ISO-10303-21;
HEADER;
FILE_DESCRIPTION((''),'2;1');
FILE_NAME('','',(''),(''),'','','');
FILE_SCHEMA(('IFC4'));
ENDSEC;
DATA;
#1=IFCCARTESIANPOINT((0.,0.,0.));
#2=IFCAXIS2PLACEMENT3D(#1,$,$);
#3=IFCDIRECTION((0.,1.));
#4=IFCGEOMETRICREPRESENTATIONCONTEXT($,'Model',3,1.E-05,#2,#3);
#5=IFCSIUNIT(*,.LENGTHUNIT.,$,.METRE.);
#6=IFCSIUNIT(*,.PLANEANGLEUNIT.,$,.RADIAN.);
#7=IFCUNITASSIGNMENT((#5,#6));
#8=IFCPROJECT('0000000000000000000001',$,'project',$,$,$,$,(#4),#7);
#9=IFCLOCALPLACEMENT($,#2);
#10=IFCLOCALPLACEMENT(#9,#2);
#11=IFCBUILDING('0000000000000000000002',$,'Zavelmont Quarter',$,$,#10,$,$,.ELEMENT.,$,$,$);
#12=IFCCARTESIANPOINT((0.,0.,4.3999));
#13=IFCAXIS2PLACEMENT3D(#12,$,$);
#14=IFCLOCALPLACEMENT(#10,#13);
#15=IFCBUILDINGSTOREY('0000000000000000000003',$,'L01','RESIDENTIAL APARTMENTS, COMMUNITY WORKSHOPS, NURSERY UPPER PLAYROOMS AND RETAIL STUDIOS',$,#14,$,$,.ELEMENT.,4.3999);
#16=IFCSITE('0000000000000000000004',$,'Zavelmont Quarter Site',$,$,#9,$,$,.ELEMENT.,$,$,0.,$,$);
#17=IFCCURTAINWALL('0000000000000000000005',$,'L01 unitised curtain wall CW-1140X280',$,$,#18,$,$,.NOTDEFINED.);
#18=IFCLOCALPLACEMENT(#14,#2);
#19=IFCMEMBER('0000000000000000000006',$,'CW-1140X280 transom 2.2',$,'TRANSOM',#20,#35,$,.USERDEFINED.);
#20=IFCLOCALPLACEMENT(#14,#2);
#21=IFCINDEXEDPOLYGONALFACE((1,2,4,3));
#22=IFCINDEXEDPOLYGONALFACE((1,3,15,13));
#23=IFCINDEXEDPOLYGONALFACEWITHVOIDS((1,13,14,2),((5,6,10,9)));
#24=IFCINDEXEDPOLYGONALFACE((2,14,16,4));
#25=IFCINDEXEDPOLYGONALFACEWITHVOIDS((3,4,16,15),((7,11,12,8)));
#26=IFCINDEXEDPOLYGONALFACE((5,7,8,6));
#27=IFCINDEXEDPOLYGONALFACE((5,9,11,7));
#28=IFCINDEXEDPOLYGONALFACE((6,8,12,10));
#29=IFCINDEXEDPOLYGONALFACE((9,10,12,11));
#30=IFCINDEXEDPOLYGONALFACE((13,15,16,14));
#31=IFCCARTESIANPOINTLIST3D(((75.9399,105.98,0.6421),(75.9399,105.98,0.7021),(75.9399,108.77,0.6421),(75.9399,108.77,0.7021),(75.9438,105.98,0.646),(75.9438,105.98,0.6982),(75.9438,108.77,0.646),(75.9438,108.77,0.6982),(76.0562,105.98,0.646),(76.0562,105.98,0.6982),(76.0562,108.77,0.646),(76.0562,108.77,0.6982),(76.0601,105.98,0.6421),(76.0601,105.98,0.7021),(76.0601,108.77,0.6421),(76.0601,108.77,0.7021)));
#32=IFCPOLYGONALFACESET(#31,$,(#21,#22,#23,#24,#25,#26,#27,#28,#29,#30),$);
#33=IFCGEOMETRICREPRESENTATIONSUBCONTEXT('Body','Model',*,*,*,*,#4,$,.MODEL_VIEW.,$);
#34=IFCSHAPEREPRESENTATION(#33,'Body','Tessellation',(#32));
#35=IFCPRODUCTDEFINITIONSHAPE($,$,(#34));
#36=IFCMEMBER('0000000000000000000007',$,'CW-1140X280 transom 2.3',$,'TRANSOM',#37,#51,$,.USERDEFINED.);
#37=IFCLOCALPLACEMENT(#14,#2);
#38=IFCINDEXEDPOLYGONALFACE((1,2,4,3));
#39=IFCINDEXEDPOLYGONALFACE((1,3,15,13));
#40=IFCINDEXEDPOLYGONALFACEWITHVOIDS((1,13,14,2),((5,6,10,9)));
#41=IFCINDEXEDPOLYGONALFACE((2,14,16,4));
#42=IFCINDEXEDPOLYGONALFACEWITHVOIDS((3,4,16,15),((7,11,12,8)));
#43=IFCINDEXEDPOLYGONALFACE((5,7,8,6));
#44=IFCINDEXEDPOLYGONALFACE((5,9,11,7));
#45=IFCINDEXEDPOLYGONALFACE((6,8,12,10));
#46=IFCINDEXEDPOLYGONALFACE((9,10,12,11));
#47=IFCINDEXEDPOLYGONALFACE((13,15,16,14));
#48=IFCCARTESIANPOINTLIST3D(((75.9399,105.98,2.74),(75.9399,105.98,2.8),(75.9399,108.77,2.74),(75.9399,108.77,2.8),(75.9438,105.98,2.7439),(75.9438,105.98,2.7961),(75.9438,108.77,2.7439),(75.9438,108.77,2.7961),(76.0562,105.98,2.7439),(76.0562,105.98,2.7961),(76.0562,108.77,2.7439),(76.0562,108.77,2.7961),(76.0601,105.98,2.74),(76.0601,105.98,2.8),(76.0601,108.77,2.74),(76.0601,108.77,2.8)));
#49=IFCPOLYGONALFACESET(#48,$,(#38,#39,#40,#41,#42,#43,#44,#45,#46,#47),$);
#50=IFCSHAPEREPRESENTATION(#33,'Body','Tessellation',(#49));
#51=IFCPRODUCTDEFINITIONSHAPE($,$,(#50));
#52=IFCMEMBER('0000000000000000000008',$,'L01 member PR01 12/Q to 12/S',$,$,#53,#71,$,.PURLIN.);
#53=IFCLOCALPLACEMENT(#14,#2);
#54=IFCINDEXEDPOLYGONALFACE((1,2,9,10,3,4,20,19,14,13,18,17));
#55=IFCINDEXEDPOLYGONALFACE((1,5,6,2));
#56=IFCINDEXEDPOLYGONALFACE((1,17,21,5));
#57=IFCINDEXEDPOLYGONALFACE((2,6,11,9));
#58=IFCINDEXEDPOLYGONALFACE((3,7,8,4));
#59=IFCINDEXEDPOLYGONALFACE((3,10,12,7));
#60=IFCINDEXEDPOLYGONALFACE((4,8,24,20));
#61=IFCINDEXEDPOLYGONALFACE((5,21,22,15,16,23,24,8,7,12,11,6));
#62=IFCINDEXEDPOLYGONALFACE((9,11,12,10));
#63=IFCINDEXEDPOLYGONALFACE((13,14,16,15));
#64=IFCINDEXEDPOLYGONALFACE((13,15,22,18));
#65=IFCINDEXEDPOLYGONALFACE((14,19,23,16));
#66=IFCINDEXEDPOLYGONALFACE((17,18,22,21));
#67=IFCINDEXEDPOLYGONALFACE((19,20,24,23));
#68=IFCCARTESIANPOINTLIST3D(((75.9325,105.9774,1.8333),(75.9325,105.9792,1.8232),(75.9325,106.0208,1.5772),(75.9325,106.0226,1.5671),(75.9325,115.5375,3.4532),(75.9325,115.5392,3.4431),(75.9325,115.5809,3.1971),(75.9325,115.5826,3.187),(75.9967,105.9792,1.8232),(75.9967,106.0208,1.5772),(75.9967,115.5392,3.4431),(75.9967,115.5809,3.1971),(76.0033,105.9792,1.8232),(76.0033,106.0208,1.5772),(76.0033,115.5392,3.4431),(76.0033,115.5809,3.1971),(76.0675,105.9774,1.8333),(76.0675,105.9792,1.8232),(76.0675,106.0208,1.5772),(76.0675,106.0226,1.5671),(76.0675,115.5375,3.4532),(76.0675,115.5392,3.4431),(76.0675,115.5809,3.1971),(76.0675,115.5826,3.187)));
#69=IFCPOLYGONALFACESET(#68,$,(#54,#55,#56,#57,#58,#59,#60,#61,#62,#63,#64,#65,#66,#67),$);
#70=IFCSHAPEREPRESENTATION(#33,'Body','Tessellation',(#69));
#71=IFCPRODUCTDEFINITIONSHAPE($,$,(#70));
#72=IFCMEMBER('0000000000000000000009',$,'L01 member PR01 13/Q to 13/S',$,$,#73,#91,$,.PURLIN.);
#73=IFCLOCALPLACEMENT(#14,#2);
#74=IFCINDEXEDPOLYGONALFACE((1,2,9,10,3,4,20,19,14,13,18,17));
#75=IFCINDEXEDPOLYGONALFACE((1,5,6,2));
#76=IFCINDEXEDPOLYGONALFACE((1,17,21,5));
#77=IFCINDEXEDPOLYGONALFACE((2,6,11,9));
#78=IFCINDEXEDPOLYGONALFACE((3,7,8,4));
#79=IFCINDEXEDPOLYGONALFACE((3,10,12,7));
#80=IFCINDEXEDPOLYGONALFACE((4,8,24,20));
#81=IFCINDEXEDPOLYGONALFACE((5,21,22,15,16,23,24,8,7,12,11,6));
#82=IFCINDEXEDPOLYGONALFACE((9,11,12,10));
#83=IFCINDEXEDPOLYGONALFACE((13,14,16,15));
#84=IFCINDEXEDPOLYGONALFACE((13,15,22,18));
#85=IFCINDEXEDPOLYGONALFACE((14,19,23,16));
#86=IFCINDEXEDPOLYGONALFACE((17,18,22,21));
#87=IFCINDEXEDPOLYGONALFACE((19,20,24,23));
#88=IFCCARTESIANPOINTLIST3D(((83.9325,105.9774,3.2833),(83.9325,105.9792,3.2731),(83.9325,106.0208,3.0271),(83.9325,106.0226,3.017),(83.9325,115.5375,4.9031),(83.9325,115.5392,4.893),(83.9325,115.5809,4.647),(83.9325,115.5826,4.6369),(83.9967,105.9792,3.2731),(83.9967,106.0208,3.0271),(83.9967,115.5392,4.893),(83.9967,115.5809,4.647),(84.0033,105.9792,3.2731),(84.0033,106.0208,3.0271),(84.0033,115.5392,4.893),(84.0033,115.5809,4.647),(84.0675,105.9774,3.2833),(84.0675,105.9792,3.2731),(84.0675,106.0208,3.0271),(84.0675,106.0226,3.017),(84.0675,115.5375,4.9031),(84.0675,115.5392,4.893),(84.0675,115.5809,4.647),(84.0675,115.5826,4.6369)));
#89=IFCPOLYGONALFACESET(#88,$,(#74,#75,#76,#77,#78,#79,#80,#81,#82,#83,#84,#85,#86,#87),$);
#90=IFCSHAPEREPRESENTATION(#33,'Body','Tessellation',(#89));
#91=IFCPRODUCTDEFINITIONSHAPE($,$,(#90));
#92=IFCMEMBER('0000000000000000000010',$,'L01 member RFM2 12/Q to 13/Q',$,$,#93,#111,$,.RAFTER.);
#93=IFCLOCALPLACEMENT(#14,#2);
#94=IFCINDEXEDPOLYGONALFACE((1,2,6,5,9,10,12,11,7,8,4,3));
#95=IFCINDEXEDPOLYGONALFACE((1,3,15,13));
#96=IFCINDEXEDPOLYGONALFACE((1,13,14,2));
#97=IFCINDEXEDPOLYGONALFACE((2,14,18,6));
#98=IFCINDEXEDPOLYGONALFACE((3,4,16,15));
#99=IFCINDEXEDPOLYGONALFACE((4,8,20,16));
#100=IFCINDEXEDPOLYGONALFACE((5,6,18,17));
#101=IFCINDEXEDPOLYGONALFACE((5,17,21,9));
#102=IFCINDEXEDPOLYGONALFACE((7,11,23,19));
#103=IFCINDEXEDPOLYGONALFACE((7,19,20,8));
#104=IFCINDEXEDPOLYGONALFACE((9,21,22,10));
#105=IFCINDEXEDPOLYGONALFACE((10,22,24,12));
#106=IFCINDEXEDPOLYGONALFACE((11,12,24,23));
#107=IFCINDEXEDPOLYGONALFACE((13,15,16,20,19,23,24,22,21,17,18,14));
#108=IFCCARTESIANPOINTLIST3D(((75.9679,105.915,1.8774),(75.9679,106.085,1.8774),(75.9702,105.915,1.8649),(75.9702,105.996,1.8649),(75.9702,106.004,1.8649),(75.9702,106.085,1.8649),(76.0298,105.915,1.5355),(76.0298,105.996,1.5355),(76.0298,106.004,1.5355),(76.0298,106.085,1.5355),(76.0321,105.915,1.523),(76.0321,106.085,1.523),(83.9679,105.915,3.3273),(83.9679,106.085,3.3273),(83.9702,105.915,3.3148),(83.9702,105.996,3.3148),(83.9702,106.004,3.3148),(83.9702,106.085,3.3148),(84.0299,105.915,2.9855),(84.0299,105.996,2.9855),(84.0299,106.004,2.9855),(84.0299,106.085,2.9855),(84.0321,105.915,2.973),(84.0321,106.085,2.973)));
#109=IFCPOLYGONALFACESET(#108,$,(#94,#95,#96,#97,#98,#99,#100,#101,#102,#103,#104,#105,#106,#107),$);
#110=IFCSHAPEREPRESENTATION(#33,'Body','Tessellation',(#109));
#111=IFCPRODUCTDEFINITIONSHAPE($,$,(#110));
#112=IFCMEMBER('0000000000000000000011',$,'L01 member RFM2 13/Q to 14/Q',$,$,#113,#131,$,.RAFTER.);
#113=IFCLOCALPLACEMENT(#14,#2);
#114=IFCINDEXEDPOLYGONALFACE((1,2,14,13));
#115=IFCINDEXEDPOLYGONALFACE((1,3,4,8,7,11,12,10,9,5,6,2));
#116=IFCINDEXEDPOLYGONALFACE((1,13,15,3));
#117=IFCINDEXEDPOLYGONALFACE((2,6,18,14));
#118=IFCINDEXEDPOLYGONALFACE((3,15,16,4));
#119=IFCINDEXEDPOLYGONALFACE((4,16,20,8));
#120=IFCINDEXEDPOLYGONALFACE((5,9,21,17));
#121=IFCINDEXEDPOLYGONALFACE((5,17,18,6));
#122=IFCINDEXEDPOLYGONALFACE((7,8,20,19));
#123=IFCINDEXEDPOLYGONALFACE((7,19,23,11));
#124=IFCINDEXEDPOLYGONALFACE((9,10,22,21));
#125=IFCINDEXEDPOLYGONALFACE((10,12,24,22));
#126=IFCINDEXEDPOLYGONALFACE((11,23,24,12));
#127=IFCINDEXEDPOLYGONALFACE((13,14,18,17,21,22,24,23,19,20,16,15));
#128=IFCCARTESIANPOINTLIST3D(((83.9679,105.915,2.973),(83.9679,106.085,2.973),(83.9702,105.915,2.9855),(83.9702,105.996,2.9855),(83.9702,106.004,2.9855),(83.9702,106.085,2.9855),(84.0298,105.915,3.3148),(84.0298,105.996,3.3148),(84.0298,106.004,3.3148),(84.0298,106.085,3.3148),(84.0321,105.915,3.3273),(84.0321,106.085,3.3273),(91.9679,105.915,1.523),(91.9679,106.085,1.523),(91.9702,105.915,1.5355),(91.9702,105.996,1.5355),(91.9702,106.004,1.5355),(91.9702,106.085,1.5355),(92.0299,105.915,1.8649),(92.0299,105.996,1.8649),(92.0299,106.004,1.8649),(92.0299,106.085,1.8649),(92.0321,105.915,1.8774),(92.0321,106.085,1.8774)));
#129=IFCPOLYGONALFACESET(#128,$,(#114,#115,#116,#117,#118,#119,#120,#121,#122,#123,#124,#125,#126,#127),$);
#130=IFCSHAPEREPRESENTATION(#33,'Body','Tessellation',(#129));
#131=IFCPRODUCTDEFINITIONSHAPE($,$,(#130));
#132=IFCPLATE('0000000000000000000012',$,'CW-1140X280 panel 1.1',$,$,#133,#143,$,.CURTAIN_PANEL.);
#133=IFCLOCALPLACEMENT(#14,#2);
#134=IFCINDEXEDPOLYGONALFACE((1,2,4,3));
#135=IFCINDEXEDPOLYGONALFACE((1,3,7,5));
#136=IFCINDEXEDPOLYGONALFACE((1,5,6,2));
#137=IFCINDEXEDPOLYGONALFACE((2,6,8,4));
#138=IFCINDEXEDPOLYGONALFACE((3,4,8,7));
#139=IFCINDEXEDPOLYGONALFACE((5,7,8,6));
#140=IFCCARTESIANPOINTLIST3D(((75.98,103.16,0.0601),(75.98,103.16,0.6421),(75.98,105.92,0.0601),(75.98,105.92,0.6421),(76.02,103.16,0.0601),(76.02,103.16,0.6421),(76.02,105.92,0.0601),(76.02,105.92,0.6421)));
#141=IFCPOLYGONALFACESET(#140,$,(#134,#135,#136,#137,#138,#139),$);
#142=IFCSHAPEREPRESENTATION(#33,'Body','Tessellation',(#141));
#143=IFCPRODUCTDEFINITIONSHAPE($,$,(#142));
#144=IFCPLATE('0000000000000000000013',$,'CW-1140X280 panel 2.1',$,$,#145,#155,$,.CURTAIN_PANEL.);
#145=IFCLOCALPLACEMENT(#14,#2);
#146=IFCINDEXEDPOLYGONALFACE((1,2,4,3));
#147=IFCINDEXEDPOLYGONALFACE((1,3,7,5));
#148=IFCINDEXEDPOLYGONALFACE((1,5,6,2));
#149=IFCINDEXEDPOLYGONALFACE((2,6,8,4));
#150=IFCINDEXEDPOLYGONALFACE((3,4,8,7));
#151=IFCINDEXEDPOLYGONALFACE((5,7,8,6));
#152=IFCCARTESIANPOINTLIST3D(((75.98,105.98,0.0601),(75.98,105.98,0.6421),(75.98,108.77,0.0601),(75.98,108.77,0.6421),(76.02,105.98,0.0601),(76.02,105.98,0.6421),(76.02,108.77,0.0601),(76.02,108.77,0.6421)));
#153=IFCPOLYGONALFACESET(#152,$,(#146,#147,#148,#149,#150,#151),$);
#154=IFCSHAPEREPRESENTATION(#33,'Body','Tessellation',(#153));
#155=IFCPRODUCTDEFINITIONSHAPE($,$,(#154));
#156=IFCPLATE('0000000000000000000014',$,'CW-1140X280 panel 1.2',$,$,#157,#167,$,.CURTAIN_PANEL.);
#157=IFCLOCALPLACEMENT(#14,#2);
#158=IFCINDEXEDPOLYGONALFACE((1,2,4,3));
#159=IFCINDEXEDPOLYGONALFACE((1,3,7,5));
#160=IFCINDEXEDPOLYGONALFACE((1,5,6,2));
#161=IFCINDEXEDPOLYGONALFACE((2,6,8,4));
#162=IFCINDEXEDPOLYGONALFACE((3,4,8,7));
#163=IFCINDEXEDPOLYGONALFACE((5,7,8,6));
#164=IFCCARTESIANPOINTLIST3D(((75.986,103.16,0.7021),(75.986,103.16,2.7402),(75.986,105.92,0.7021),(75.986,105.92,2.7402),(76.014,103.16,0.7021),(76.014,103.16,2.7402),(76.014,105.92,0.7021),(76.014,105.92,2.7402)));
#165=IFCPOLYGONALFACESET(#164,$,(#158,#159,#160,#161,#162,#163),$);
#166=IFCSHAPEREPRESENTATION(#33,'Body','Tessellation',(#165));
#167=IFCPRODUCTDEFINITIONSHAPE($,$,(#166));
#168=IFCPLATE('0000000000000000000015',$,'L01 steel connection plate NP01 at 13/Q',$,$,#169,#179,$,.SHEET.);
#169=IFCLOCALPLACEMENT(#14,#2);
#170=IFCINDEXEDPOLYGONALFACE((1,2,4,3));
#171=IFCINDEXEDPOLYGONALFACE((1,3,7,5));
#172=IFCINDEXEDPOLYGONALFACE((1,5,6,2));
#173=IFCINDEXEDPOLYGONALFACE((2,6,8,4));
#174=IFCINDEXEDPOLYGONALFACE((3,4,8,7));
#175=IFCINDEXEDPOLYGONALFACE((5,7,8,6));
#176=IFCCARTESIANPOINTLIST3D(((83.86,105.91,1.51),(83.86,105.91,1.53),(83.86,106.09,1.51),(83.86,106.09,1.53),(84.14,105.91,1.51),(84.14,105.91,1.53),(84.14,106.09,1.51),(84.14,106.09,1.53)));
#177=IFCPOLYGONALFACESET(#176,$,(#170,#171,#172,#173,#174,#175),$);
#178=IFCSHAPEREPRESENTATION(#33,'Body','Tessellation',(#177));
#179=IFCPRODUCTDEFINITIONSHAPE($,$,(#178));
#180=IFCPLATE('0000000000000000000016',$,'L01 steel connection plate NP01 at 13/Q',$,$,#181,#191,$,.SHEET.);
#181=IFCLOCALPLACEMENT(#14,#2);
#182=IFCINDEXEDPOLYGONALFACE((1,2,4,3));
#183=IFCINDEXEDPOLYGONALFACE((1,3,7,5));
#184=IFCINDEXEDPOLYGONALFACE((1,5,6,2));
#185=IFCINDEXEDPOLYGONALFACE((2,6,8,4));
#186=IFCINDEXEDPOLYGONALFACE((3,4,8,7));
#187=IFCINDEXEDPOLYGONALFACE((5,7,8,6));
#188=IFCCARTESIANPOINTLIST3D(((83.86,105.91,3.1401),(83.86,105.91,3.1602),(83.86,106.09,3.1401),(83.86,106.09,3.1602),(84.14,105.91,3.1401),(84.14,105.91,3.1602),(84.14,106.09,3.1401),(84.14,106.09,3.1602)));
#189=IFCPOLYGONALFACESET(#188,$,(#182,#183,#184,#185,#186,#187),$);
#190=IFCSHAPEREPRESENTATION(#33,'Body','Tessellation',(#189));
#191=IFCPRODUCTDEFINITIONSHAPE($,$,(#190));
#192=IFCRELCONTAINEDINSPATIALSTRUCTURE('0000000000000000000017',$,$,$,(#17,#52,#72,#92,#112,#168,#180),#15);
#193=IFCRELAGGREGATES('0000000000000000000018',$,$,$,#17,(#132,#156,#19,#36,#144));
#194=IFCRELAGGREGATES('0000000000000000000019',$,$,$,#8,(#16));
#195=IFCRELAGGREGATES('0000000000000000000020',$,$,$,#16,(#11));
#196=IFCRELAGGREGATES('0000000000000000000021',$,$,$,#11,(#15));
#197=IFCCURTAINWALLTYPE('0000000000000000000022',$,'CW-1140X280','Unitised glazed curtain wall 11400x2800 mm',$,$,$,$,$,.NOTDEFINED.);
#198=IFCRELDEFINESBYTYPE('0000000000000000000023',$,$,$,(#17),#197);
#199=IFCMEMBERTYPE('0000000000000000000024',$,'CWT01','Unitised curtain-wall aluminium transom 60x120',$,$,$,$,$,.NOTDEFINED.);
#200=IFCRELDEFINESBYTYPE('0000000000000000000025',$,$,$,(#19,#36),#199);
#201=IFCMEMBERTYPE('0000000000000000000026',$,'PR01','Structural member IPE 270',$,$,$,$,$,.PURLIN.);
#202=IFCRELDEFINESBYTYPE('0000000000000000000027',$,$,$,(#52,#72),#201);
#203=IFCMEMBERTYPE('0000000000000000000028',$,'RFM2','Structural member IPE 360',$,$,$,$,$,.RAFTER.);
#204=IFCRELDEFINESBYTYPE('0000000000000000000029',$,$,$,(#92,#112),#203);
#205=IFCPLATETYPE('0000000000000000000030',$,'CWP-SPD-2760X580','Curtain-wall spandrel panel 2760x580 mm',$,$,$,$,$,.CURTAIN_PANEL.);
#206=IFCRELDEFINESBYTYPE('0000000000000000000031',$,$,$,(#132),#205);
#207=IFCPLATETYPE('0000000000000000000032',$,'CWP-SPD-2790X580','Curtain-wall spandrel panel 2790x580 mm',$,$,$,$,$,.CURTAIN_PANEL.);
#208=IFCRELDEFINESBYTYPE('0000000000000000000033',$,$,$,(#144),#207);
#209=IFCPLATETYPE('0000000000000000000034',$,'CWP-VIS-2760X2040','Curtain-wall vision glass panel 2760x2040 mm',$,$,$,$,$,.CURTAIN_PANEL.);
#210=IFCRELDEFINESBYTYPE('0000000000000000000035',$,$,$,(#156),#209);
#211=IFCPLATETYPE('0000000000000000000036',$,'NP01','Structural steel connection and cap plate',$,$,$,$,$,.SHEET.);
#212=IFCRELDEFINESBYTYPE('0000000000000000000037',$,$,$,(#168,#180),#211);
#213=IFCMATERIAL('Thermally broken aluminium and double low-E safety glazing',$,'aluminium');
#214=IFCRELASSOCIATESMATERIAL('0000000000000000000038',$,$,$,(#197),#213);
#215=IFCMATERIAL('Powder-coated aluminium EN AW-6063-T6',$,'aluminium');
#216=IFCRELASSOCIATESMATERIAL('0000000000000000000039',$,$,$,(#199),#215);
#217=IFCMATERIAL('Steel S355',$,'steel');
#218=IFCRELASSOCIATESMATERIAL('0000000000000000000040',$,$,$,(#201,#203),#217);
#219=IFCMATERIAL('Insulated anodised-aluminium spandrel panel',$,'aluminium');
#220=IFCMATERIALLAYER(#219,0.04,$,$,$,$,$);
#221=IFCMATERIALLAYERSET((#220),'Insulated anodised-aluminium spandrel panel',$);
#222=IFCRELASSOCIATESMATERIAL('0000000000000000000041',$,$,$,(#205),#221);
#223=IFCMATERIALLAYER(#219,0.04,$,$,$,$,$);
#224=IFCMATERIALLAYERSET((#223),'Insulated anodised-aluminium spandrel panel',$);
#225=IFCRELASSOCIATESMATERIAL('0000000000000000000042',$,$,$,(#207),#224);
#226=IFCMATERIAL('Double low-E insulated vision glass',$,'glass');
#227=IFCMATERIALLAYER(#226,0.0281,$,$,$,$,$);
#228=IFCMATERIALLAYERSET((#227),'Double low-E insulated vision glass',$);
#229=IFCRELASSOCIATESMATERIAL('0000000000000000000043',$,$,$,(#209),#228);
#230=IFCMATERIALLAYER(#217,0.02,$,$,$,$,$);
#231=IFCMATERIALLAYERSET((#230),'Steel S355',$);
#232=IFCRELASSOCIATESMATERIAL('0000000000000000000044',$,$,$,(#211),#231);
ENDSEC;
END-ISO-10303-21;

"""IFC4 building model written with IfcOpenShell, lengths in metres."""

from ifc_helpers import new_model, si_unit, direction, frame, origin, origin_2d, place, context, subcontext, project, spatial, rectangle, hollow_rectangle, i_section, extrude, material, layer, layer_set, material_profile, profile_set, type_object, element, aggregate, save


model = new_model("IFC4")

# Units and contexts
model_context = context("Model", 3, precision=1e-05, world=origin(), true_north=direction((0.0, 1.0)))
body_context = subcontext(model_context, "Body", "Model", "MODEL_VIEW")
ifc_project = project(units=[si_unit("LENGTHUNIT", "METRE"), si_unit("PLANEANGLEUNIT", "RADIAN")], contexts=[model_context])

# Site, building, storey
site_placement = place(None, origin())
site = spatial("IfcSite", under=ifc_project, at=site_placement, Name="Zavelmont Quarter Site", CompositionType="ELEMENT", RefElevation=0.0)
building_placement = place(site_placement, origin())
building = spatial("IfcBuilding", under=site, at=building_placement, Name="Zavelmont Quarter", CompositionType="ELEMENT")
storey_placement = place(building_placement, frame((0.0, 0.0, 4.3999)))
storey = spatial("IfcBuildingStorey", under=building, at=storey_placement, Name="L01", Description="RESIDENTIAL APARTMENTS, COMMUNITY WORKSHOPS, NURSERY UPPER PLAYROOMS AND RETAIL STUDIOS", CompositionType="ELEMENT", Elevation=4.3999)

# Shared definitions
ifc_material_1 = material(Name="Steel S355", Category="steel")

# Curtain wall, members
ifc_material_2 = material(Name="Thermally broken aluminium and double low-E safety glazing", Category="aluminium")
curtain_wall_type = type_object("IfcCurtainWallType", Name="CW-1140X280", Description="Unitised glazed curtain wall 11400x2800 mm", PredefinedType="NOTDEFINED", material=ifc_material_2)
curtain_wall_placement = place(storey_placement, origin())
curtain_wall = element("IfcCurtainWall", 1, at=curtain_wall_placement, inside=storey, type_object=curtain_wall_type, Name="L01 unitised curtain wall CW-1140X280", PredefinedType="NOTDEFINED")
ifc_material_3 = material(Name="Powder-coated aluminium EN AW-6063-T6", Category="aluminium")
ifc_material_profile_1 = material_profile(ifc_material_3, hollow_rectangle(XDim=0.1201, YDim=0.0601, WallThickness=0.0039, at=origin_2d()), Name="CWT60X120")
ifc_profile_set_1 = profile_set([ifc_material_profile_1], Name="Powder-coated aluminium EN AW-6063-T6")
member_type_1 = type_object("IfcMemberType", Name="CWT01", Description="Unitised curtain-wall aluminium transom 60x120", PredefinedType="NOTDEFINED", material=ifc_profile_set_1)
member_1_placement = place(storey_placement, frame((76.0, 105.98, 0.6721), z_axis=(0.0, 1.0, 0.0), x_axis=(-1.0, 0.0, 0.0)))
member_1 = element("IfcMember", 2, at=member_1_placement, type_object=member_type_1, Name="CW-1140X280 transom 2.2", ObjectType="TRANSOM", PredefinedType="USERDEFINED", context=body_context, shape_type="SweptSolid", body=[
    extrude(hollow_rectangle(XDim=0.1201, YDim=0.0601, WallThickness=0.0039, at=origin_2d()), origin(), (0.0, 0.0, 1.0), 2.79),
])
member_2_placement = place(storey_placement, frame((76.0, 105.98, 2.77), z_axis=(0.0, 1.0, 0.0), x_axis=(-1.0, 0.0, 0.0)))
member_2 = element("IfcMember", 3, at=member_2_placement, type_object=member_type_1, Name="CW-1140X280 transom 2.3", ObjectType="TRANSOM", PredefinedType="USERDEFINED", context=body_context, shape_type="SweptSolid", body=[
    extrude(hollow_rectangle(XDim=0.1201, YDim=0.0601, WallThickness=0.0039, at=origin_2d()), origin(), (0.0, 0.0, 1.0), 2.79),
])

# Members
ifc_material_profile_2 = material_profile(ifc_material_1, i_section(OverallWidth=0.135, OverallDepth=0.27, WebThickness=0.0066, FlangeThickness=0.0103, at=origin_2d()), Name="IPE 270")
ifc_profile_set_2 = profile_set([ifc_material_profile_2], Name="Steel S355")
member_type_2 = type_object("IfcMemberType", Name="PR01", Description="Structural member IPE 270", PredefinedType="PURLIN", material=ifc_profile_set_2)
for number, where, z_axis, x_axis, name in (
    (4, (76.0, 106.0, 1.7002), (0.0, 0.985947, 0.167061), (-1.0, 0.0, 0.0), "L01 member PR01 12/Q to 12/S"),
    (5, (84.0, 106.0, 3.1501), (0.0, 0.985947, 0.167061), (-1.0, 0.0, 0.0), "L01 member PR01 13/Q to 13/S"),
):
    element("IfcMember", number, at=place(storey_placement, frame(where, z_axis=z_axis, x_axis=x_axis)), inside=storey, type_object=member_type_2, Name=name, PredefinedType="PURLIN", context=body_context, shape_type="SweptSolid", body=[
        extrude(i_section(OverallWidth=0.135, OverallDepth=0.27, WebThickness=0.0066, FlangeThickness=0.0103, at=origin_2d()), origin(), (0.0, 0.0, 1.0), 9.6963),
    ])
ifc_material_profile_3 = material_profile(ifc_material_1, i_section(OverallWidth=0.1699, OverallDepth=0.3601, WebThickness=0.0081, FlangeThickness=0.0127, at=origin_2d()), Name="IPE 360")
ifc_profile_set_3 = profile_set([ifc_material_profile_3], Name="Steel S355")
member_type_3 = type_object("IfcMemberType", Name="RFM2", Description="Structural member IPE 360", PredefinedType="RAFTER", material=ifc_profile_set_3)
for number, where, z_axis, x_axis, name in (
    (6, (76.0, 106.0, 1.7002), (0.983969, 0.0, 0.178338), (0.0, 1.0, 0.0), "L01 member RFM2 12/Q to 13/Q"),
    (7, (84.0, 106.0, 3.1501), (0.983969, 0.0, -0.178338), (0.0, 1.0, 0.0), "L01 member RFM2 13/Q to 14/Q"),
):
    element("IfcMember", number, at=place(storey_placement, frame(where, z_axis=z_axis, x_axis=x_axis)), inside=storey, type_object=member_type_3, Name=name, PredefinedType="RAFTER", context=body_context, shape_type="SweptSolid", body=[
        extrude(i_section(OverallWidth=0.1699, OverallDepth=0.3601, WebThickness=0.0081, FlangeThickness=0.0127, at=origin_2d()), origin(), (0.0, 0.0, 1.0), 8.1304),
    ])

# Plates
ifc_material_4 = material(Name="Insulated anodised-aluminium spandrel panel", Category="aluminium")
ifc_layer_1 = layer(ifc_material_4, 0.04)
ifc_layer_set_1 = layer_set([ifc_layer_1], Name="Insulated anodised-aluminium spandrel panel")
plate_type_1 = type_object("IfcPlateType", Name="CWP-SPD-2760X580", Description="Curtain-wall spandrel panel 2760x580 mm", PredefinedType="CURTAIN_PANEL", material=ifc_layer_set_1)
plate_1_placement = place(storey_placement, frame((76.0, 104.54, 0.0601), z_axis=(0.0, 0.0, 1.0), x_axis=(0.0, 1.0, 0.0)))
plate_1 = element("IfcPlate", 8, at=plate_1_placement, type_object=plate_type_1, Name="CW-1140X280 panel 1.1", PredefinedType="CURTAIN_PANEL", context=body_context, shape_type="SweptSolid", body=[
    extrude(rectangle(XDim=2.76, YDim=0.04, at=origin_2d()), origin(), (0.0, 0.0, 1.0), 0.582),
])
ifc_layer_2 = layer(ifc_material_4, 0.04)
ifc_layer_set_2 = layer_set([ifc_layer_2], Name="Insulated anodised-aluminium spandrel panel")
plate_type_2 = type_object("IfcPlateType", Name="CWP-SPD-2790X580", Description="Curtain-wall spandrel panel 2790x580 mm", PredefinedType="CURTAIN_PANEL", material=ifc_layer_set_2)
plate_2_placement = place(storey_placement, frame((76.0, 107.375, 0.0601), z_axis=(0.0, 0.0, 1.0), x_axis=(0.0, 1.0, 0.0)))
plate_2 = element("IfcPlate", 9, at=plate_2_placement, type_object=plate_type_2, Name="CW-1140X280 panel 2.1", PredefinedType="CURTAIN_PANEL", context=body_context, shape_type="SweptSolid", body=[
    extrude(rectangle(XDim=2.79, YDim=0.04, at=origin_2d()), origin(), (0.0, 0.0, 1.0), 0.582),
])
ifc_material_5 = material(Name="Double low-E insulated vision glass", Category="glass")
ifc_layer_3 = layer(ifc_material_5, 0.0281)
ifc_layer_set_3 = layer_set([ifc_layer_3], Name="Double low-E insulated vision glass")
plate_type_3 = type_object("IfcPlateType", Name="CWP-VIS-2760X2040", Description="Curtain-wall vision glass panel 2760x2040 mm", PredefinedType="CURTAIN_PANEL", material=ifc_layer_set_3)
plate_3_placement = place(storey_placement, frame((76.0, 104.54, 0.7021), z_axis=(0.0, 0.0, 1.0), x_axis=(0.0, 1.0, 0.0)))
plate_3 = element("IfcPlate", 10, at=plate_3_placement, type_object=plate_type_3, Name="CW-1140X280 panel 1.2", PredefinedType="CURTAIN_PANEL", context=body_context, shape_type="SweptSolid", body=[
    extrude(rectangle(XDim=2.76, YDim=0.0281, at=origin_2d()), origin(), (0.0, 0.0, 1.0), 2.0381),
])
aggregate(curtain_wall, [plate_1, plate_3, member_1, member_2, plate_2])

# Plates
ifc_layer_4 = layer(ifc_material_1, 0.02)
ifc_layer_set_4 = layer_set([ifc_layer_4], Name="Steel S355")
plate_type_4 = type_object("IfcPlateType", Name="NP01", Description="Structural steel connection and cap plate", PredefinedType="SHEET", material=ifc_layer_set_4)
for number, where, z_axis, x_axis, name in (
    (11, (84.0, 106.0, 1.51), (0.0, 0.0, 1.0), (1.0, 0.0, 0.0), "L01 steel connection plate NP01 at 13/Q"),
    (12, (84.0, 106.0, 3.1401), (0.0, 0.0, 1.0), (1.0, 0.0, 0.0), "L01 steel connection plate NP01 at 13/Q"),
):
    element("IfcPlate", number, at=place(storey_placement, frame(where, z_axis=z_axis, x_axis=x_axis)), inside=storey, type_object=plate_type_4, Name=name, PredefinedType="SHEET", context=body_context, shape_type="SweptSolid", body=[
        extrude(rectangle(XDim=0.28, YDim=0.1799, at=origin_2d()), origin(), (0.0, 0.0, 1.0), 0.02),
    ])

save(model, "model.ifc")
